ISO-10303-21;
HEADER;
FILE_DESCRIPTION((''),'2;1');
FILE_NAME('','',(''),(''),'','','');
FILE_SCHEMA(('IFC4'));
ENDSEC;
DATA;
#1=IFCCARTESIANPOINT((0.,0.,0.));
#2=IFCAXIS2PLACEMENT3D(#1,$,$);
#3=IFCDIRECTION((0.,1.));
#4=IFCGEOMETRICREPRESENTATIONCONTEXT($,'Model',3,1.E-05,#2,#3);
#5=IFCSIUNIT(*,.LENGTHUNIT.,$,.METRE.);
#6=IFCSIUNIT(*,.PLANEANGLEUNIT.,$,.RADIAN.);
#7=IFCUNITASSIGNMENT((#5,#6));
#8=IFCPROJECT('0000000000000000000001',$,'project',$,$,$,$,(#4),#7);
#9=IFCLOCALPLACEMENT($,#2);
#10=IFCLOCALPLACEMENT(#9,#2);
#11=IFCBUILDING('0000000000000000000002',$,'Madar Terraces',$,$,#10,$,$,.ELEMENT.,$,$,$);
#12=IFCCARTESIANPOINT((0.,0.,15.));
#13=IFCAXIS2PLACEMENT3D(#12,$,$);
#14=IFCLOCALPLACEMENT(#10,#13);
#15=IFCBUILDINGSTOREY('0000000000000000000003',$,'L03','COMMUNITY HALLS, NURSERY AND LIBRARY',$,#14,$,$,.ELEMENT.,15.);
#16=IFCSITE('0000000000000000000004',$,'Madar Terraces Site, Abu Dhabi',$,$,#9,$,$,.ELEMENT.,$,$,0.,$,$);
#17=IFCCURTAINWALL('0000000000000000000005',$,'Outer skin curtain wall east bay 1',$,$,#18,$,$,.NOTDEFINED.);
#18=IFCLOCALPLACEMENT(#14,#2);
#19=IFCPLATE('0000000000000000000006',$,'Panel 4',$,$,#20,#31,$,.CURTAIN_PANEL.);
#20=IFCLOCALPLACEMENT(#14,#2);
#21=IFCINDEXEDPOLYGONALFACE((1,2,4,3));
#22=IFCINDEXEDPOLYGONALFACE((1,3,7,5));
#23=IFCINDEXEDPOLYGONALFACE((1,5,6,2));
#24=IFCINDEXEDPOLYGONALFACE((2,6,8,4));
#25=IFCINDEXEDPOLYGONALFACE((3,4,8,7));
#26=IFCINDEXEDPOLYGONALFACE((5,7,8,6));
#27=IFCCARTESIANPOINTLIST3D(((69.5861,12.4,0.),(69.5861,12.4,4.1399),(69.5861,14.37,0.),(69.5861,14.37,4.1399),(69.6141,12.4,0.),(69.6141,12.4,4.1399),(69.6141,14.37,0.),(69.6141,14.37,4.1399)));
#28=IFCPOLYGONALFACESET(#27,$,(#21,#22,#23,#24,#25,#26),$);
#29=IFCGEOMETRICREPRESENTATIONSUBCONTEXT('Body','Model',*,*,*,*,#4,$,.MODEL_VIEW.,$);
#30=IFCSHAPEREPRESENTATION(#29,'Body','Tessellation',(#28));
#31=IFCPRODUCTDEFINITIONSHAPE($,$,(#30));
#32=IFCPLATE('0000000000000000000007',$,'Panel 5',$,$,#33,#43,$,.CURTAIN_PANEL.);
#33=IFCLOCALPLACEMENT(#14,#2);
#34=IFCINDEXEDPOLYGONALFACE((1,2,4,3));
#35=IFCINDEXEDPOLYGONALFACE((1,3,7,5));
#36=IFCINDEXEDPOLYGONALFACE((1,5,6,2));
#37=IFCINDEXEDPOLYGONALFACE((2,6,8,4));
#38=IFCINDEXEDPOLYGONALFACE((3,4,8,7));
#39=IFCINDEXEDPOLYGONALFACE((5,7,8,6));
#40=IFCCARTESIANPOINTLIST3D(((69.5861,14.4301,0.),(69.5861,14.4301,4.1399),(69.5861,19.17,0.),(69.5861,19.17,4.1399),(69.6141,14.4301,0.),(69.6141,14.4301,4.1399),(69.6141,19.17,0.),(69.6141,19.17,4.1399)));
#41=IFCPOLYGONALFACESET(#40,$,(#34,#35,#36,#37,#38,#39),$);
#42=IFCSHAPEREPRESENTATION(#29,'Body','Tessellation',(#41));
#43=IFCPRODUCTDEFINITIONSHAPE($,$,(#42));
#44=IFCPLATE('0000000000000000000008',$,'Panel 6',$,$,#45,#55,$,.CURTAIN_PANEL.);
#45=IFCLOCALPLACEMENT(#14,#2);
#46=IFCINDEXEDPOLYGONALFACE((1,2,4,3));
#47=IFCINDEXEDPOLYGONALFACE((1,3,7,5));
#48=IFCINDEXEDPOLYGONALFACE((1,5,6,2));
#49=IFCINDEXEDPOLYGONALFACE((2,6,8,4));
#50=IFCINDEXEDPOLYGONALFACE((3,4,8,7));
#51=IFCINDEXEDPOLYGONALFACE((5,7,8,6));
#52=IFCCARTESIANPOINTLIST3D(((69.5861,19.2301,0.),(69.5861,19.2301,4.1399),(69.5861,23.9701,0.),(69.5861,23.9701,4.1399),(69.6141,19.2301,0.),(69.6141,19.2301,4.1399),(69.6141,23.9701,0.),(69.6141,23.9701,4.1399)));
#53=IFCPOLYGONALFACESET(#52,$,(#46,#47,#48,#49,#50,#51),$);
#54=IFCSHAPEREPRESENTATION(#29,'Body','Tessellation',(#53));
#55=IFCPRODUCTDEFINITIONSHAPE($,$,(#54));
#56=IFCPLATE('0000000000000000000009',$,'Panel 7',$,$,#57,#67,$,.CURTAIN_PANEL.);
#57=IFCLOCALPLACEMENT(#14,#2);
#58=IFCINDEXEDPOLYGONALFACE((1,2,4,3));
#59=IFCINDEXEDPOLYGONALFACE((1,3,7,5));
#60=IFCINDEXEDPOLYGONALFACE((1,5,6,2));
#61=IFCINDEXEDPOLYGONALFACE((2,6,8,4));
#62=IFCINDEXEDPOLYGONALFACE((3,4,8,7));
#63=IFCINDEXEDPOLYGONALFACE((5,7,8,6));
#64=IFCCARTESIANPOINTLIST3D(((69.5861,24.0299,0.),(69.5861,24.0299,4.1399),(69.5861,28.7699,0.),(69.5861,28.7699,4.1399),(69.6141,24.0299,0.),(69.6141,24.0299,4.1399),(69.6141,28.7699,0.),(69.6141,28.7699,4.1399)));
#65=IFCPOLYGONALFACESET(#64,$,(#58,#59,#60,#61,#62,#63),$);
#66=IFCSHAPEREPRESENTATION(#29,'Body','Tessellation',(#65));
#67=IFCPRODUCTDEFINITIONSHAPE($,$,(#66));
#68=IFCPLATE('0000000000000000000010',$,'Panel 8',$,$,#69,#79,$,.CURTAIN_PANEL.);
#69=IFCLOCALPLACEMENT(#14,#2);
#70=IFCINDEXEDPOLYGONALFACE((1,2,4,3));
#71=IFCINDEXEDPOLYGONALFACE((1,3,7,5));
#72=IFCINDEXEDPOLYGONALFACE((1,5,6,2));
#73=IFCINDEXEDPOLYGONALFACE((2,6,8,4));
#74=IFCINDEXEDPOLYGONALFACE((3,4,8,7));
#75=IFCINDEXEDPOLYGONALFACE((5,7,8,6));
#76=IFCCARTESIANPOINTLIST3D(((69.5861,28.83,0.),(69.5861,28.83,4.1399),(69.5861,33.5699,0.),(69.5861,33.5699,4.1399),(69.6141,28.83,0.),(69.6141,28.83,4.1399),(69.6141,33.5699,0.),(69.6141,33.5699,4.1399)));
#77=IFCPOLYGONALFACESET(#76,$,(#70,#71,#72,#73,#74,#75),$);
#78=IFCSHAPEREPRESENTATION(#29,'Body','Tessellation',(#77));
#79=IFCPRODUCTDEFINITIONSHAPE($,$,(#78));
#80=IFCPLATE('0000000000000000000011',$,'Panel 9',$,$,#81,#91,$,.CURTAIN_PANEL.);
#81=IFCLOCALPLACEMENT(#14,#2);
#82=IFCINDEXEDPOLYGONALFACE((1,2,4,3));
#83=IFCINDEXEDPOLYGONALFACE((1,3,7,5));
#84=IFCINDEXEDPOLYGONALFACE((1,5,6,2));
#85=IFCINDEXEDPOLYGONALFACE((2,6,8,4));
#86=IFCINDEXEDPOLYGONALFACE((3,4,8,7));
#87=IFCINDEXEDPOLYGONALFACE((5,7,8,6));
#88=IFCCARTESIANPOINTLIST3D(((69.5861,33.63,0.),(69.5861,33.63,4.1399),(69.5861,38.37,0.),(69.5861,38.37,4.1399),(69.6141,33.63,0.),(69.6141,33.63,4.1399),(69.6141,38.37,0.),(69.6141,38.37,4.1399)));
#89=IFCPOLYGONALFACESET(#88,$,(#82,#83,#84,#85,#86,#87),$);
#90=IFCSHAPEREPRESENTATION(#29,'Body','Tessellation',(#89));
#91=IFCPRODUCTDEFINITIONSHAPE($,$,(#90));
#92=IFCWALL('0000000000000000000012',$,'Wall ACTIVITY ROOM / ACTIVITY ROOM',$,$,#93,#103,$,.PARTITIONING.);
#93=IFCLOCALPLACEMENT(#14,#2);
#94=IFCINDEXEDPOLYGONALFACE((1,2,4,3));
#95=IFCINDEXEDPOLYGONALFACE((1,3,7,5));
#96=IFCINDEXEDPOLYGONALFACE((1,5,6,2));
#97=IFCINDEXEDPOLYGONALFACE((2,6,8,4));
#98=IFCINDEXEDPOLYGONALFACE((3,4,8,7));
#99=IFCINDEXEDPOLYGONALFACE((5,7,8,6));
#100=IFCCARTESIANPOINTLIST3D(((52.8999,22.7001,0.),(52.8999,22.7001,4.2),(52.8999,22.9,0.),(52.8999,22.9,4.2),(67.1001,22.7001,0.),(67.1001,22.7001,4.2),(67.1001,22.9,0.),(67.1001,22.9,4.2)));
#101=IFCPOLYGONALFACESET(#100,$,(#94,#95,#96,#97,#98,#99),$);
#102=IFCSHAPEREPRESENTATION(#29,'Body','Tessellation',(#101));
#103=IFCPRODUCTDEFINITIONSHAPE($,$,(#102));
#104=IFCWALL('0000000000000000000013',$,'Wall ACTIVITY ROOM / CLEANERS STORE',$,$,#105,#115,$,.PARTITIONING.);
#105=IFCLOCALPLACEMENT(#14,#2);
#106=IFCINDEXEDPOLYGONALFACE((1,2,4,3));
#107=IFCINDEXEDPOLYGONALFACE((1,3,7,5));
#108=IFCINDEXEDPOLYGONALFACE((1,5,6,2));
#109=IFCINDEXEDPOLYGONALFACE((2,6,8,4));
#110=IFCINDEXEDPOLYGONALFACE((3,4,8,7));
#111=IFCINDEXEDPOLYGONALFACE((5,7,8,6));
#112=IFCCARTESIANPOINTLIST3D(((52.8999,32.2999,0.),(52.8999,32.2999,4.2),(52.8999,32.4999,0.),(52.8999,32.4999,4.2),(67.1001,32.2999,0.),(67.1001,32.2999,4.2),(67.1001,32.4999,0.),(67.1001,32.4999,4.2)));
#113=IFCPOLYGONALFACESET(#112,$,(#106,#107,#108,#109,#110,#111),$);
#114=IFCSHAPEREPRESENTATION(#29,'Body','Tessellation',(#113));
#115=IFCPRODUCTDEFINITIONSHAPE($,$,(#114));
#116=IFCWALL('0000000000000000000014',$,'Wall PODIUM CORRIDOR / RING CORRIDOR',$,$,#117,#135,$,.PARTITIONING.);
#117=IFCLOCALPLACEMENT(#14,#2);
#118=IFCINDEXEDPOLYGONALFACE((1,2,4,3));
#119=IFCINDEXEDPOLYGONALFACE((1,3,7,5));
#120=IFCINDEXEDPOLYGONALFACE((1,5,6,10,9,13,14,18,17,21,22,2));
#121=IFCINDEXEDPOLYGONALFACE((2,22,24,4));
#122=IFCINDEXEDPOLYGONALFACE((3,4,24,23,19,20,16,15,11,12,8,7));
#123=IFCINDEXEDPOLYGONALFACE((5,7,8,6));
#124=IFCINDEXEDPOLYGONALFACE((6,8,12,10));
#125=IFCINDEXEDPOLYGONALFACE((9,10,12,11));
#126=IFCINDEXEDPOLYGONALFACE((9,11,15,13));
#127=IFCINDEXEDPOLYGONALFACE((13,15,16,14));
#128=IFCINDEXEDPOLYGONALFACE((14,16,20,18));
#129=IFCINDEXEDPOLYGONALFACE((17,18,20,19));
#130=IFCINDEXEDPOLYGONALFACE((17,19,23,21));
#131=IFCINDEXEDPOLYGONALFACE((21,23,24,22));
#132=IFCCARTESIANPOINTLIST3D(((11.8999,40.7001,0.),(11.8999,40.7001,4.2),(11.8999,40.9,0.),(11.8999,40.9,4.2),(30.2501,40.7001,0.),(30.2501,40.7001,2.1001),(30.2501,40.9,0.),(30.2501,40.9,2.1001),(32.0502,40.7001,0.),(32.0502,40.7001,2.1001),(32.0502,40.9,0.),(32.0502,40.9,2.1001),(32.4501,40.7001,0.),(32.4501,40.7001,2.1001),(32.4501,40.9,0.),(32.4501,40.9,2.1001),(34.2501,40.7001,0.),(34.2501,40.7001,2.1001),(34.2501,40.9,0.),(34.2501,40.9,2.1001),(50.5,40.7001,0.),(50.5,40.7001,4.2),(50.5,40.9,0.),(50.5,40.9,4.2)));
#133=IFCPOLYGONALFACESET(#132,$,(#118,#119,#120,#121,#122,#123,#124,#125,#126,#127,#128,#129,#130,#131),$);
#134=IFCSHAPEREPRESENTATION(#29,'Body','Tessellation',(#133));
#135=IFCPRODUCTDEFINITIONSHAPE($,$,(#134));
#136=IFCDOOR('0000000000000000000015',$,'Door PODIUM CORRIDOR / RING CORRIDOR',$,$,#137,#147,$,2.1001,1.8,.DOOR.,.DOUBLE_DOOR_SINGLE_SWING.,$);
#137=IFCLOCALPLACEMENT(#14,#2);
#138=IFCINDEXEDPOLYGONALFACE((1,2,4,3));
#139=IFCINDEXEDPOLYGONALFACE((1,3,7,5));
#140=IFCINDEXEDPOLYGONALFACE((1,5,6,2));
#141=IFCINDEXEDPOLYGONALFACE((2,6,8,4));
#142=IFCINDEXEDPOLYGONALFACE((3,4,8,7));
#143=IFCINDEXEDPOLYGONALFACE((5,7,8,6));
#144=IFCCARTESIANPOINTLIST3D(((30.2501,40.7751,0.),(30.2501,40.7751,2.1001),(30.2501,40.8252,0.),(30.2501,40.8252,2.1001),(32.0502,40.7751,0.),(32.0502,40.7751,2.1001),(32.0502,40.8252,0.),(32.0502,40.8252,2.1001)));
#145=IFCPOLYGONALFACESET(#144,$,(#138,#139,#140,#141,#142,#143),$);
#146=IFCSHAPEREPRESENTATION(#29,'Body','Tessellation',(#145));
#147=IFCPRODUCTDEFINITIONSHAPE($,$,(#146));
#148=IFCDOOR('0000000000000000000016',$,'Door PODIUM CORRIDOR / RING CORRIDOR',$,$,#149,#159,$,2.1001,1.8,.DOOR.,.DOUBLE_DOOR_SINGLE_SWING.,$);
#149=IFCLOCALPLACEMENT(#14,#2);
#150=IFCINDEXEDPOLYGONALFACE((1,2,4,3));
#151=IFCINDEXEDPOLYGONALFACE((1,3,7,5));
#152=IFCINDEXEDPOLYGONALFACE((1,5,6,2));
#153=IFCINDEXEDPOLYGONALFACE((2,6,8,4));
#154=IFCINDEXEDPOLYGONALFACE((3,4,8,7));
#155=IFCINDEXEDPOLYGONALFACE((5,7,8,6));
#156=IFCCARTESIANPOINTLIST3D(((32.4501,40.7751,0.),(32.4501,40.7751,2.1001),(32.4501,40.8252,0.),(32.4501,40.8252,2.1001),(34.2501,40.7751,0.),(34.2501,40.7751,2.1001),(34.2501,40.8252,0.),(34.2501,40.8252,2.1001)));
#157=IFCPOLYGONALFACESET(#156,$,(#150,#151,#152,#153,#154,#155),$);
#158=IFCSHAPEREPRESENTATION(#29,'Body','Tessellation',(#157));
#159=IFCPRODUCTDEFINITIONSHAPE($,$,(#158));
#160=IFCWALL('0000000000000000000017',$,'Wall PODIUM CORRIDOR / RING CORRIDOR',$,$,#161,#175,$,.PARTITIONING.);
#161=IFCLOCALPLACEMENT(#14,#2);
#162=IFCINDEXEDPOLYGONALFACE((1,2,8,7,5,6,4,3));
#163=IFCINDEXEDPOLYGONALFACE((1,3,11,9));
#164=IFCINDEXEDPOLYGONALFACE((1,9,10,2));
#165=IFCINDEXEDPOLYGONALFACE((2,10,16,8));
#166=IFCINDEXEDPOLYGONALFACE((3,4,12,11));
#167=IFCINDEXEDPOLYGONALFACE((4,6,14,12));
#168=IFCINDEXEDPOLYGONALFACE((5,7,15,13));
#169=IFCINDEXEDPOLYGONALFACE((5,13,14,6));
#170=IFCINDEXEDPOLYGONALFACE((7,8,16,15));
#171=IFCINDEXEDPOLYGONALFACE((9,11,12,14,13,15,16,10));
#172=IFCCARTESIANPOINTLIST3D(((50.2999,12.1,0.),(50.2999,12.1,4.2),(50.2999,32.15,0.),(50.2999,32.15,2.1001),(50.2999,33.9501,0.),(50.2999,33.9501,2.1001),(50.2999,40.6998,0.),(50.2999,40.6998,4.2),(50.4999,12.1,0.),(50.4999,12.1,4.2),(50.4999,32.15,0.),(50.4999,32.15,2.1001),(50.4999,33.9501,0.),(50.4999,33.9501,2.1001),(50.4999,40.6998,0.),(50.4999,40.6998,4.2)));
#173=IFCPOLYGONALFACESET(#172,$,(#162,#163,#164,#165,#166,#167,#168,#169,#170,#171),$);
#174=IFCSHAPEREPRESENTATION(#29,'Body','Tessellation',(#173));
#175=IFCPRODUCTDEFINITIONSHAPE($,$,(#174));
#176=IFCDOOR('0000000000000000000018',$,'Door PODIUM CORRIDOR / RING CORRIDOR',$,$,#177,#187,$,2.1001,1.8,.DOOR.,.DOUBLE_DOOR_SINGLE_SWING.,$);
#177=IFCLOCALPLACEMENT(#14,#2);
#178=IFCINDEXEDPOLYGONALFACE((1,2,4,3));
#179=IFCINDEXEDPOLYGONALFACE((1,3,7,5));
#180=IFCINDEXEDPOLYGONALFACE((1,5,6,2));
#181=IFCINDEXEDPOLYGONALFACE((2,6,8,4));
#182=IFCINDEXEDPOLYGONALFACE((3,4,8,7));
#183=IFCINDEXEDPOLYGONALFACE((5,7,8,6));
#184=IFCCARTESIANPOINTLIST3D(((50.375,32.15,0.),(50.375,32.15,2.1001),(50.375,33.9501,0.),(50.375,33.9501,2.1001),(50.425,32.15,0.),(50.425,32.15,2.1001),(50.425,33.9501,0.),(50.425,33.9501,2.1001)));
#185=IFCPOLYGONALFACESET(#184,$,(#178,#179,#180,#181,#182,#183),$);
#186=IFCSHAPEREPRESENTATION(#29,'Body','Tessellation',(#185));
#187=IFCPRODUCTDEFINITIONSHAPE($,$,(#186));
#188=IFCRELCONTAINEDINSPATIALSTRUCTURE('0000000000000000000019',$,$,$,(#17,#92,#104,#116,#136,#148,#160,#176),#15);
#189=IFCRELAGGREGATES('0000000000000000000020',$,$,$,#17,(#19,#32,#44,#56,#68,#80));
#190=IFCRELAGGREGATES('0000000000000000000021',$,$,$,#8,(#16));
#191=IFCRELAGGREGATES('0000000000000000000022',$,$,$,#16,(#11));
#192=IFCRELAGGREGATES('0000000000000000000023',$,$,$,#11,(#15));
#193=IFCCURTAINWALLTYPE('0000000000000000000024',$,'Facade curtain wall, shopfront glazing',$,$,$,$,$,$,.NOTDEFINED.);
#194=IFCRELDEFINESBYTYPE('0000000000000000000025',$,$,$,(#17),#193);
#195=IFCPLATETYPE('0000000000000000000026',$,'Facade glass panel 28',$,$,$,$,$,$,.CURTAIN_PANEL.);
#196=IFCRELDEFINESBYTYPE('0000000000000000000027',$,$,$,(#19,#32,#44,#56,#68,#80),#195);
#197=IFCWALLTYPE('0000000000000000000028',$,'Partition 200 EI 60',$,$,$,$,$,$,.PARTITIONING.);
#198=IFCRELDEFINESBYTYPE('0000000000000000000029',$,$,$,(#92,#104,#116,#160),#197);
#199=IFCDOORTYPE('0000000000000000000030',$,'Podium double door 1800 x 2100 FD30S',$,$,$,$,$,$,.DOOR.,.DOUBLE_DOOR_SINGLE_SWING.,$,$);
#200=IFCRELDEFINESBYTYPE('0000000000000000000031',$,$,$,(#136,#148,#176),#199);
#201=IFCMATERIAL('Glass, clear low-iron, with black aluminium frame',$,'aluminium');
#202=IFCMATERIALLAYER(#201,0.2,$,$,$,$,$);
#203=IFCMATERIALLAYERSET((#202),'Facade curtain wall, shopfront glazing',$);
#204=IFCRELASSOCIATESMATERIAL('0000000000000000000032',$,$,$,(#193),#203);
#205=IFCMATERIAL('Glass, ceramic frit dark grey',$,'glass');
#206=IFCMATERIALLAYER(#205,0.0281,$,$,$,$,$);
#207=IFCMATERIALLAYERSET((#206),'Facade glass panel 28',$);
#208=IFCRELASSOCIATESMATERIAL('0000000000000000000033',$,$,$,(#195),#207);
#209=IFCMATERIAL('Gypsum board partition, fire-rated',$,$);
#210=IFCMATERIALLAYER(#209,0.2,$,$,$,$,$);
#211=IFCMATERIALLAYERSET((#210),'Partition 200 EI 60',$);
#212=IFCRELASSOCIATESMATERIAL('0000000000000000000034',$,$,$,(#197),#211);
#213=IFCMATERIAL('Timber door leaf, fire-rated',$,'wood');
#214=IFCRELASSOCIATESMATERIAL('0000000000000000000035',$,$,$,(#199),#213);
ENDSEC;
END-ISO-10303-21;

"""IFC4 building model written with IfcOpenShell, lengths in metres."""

from ifc_helpers import new_model, si_unit, direction, frame, frame_2d, origin, origin_2d, place, context, subcontext, project, spatial, rectangle, extrude, material, layer, layer_set, type_object, element, fill, aggregate, save


model = new_model("IFC4")

# Units and contexts
model_context = context("Model", 3, precision=1e-05, world=origin(), true_north=direction((0.0, 1.0)))
body_context = subcontext(model_context, "Body", "Model", "MODEL_VIEW")
ifc_project = project(units=[si_unit("LENGTHUNIT", "METRE"), si_unit("PLANEANGLEUNIT", "RADIAN")], contexts=[model_context])

# Site, building, storey
site_placement = place(None, origin())
site = spatial("IfcSite", under=ifc_project, at=site_placement, Name="Madar Terraces Site, Abu Dhabi", CompositionType="ELEMENT", RefElevation=0.0)
building_placement = place(site_placement, origin())
building = spatial("IfcBuilding", under=site, at=building_placement, Name="Madar Terraces", CompositionType="ELEMENT")
storey_placement = place(building_placement, frame((0.0, 0.0, 15.0)))
storey = spatial("IfcBuildingStorey", under=building, at=storey_placement, Name="L03", Description="COMMUNITY HALLS, NURSERY AND LIBRARY", CompositionType="ELEMENT", Elevation=15.0)

# Curtain wall, plates
ifc_material_1 = material(Name="Glass, clear low-iron, with black aluminium frame", Category="aluminium")
ifc_layer_1 = layer(ifc_material_1, 0.2)
ifc_layer_set_1 = layer_set([ifc_layer_1], Name="Facade curtain wall, shopfront glazing")
curtain_wall_type = type_object("IfcCurtainWallType", Name="Facade curtain wall, shopfront glazing", PredefinedType="NOTDEFINED", material=ifc_layer_set_1)
curtain_wall_placement = place(storey_placement, origin())
curtain_wall = element("IfcCurtainWall", 1, at=curtain_wall_placement, inside=storey, type_object=curtain_wall_type, Name="Outer skin curtain wall east bay 1", PredefinedType="NOTDEFINED")
ifc_material_2 = material(Name="Glass, ceramic frit dark grey", Category="glass")
ifc_layer_2 = layer(ifc_material_2, 0.0281)
ifc_layer_set_2 = layer_set([ifc_layer_2], Name="Facade glass panel 28")
plate_type = type_object("IfcPlateType", Name="Facade glass panel 28", PredefinedType="CURTAIN_PANEL", material=ifc_layer_set_2)
plate_1_placement = place(storey_placement, frame((69.6001, 13.385, 0.0), z_axis=(0.0, 0.0, 1.0), x_axis=(0.0, 1.0, 0.0)))
plate_1 = element("IfcPlate", 2, at=plate_1_placement, type_object=plate_type, Name="Panel 4", PredefinedType="CURTAIN_PANEL", context=body_context, shape_type="SweptSolid", body=[
    extrude(rectangle(XDim=1.97, YDim=0.0281, at=origin_2d()), origin(), (0.0, 0.0, 1.0), 4.1399),
])
plate_2_placement = place(storey_placement, frame((69.6001, 16.8, 0.0), z_axis=(0.0, 0.0, 1.0), x_axis=(0.0, 1.0, 0.0)))
plate_2 = element("IfcPlate", 3, at=plate_2_placement, type_object=plate_type, Name="Panel 5", PredefinedType="CURTAIN_PANEL", context=body_context, shape_type="SweptSolid", body=[
    extrude(rectangle(XDim=4.74, YDim=0.0281, at=origin_2d()), origin(), (0.0, 0.0, 1.0), 4.1399),
])
plate_3_placement = place(storey_placement, frame((69.6001, 21.6001, 0.0), z_axis=(0.0, 0.0, 1.0), x_axis=(0.0, 1.0, 0.0)))
plate_3 = element("IfcPlate", 4, at=plate_3_placement, type_object=plate_type, Name="Panel 6", PredefinedType="CURTAIN_PANEL", context=body_context, shape_type="SweptSolid", body=[
    extrude(rectangle(XDim=4.74, YDim=0.0281, at=origin_2d()), origin(), (0.0, 0.0, 1.0), 4.1399),
])
plate_4_placement = place(storey_placement, frame((69.6001, 26.3999, 0.0), z_axis=(0.0, 0.0, 1.0), x_axis=(0.0, 1.0, 0.0)))
plate_4 = element("IfcPlate", 5, at=plate_4_placement, type_object=plate_type, Name="Panel 7", PredefinedType="CURTAIN_PANEL", context=body_context, shape_type="SweptSolid", body=[
    extrude(rectangle(XDim=4.74, YDim=0.0281, at=origin_2d()), origin(), (0.0, 0.0, 1.0), 4.1399),
])
plate_5_placement = place(storey_placement, frame((69.6001, 31.2, 0.0), z_axis=(0.0, 0.0, 1.0), x_axis=(0.0, 1.0, 0.0)))
plate_5 = element("IfcPlate", 6, at=plate_5_placement, type_object=plate_type, Name="Panel 8", PredefinedType="CURTAIN_PANEL", context=body_context, shape_type="SweptSolid", body=[
    extrude(rectangle(XDim=4.74, YDim=0.0281, at=origin_2d()), origin(), (0.0, 0.0, 1.0), 4.1399),
])
plate_6_placement = place(storey_placement, frame((69.6001, 36.0, 0.0), z_axis=(0.0, 0.0, 1.0), x_axis=(0.0, 1.0, 0.0)))
plate_6 = element("IfcPlate", 7, at=plate_6_placement, type_object=plate_type, Name="Panel 9", PredefinedType="CURTAIN_PANEL", context=body_context, shape_type="SweptSolid", body=[
    extrude(rectangle(XDim=4.74, YDim=0.0281, at=origin_2d()), origin(), (0.0, 0.0, 1.0), 4.1399),
])
aggregate(curtain_wall, [plate_1, plate_2, plate_3, plate_4, plate_5, plate_6])

# Walls
ifc_material_3 = material(Name="Gypsum board partition, fire-rated")
ifc_layer_3 = layer(ifc_material_3, 0.2)
ifc_layer_set_3 = layer_set([ifc_layer_3], Name="Partition 200 EI 60")
wall_type_1 = type_object("IfcWallType", Name="Partition 200 EI 60", PredefinedType="PARTITIONING", material=ifc_layer_set_3)
for number, where, z_axis, x_axis, name in (
    (8, (52.8999, 22.8, 0.0), (0.0, 0.0, 1.0), (1.0, 0.0, 0.0), "Wall ACTIVITY ROOM / ACTIVITY ROOM"),
    (9, (52.8999, 32.3999, 0.0), (0.0, 0.0, 1.0), (1.0, 0.0, 0.0), "Wall ACTIVITY ROOM / CLEANERS STORE"),
):
    element("IfcWall", number, at=place(storey_placement, frame(where, z_axis=z_axis, x_axis=x_axis)), inside=storey, type_object=wall_type_1, Name=name, PredefinedType="PARTITIONING", context=body_context, shape_type="SweptSolid", body=[
        extrude(rectangle(XDim=14.2002, YDim=0.2, at=frame_2d((7.1001, 0.0))), origin(), (0.0, 0.0, 1.0), 4.2),
    ])

# Wall, openings, doors
wall_1_placement = place(storey_placement, frame((50.5, 40.8, 0.0), z_axis=(0.0, 0.0, 1.0), x_axis=(-1.0, 0.0, 0.0)))
wall_1 = element("IfcWall", 10, at=wall_1_placement, inside=storey, type_object=wall_type_1, Name="Wall PODIUM CORRIDOR / RING CORRIDOR", PredefinedType="PARTITIONING", context=body_context, shape_type="SweptSolid", body=[
    extrude(rectangle(XDim=38.6001, YDim=0.2, at=frame_2d((19.3, 0.0))), origin(), (0.0, 0.0, 1.0), 4.2),
])
opening_1_placement = place(wall_1_placement, frame((18.45, 0.0, 0.0)))
opening_1 = element("IfcOpeningElement", 11, at=opening_1_placement, cuts=wall_1, PredefinedType="OPENING", context=body_context, shape_type="SweptSolid", body=[
    extrude(rectangle(XDim=1.8, YDim=2.1001, at=frame_2d((0.8999, 1.05))), frame((0.0, 0.1099, 0.0), z_axis=(0.0, -1.0, 0.0), x_axis=(1.0, 0.0, 0.0)), (0.0, 0.0, 1.0), 0.22),
])
opening_2_placement = place(wall_1_placement, frame((16.25, 0.0, 0.0)))
opening_2 = element("IfcOpeningElement", 12, at=opening_2_placement, cuts=wall_1, PredefinedType="OPENING", context=body_context, shape_type="SweptSolid", body=[
    extrude(rectangle(XDim=1.8, YDim=2.1001, at=frame_2d((0.8999, 1.05))), frame((0.0, 0.1099, 0.0), z_axis=(0.0, -1.0, 0.0), x_axis=(1.0, 0.0, 0.0)), (0.0, 0.0, 1.0), 0.22),
])
ifc_material_4 = material(Name="Timber door leaf, fire-rated", Category="wood")
door_type_1 = type_object("IfcDoorType", Name="Podium double door 1800 x 2100 FD30S", OperationType="DOUBLE_DOOR_SINGLE_SWING", PredefinedType="DOOR", material=ifc_material_4)
door_1_placement = place(opening_1_placement, origin())
door_1 = element("IfcDoor", 13, at=door_1_placement, inside=storey, type_object=door_type_1, Name="Door PODIUM CORRIDOR / RING CORRIDOR", OperationType="DOUBLE_DOOR_SINGLE_SWING", OverallHeight=2.1001, OverallWidth=1.8, PredefinedType="DOOR", context=body_context, shape_type="SweptSolid", body=[
    extrude(rectangle(XDim=1.8, YDim=2.1001, at=frame_2d((0.8999, 1.05))), frame((0.0, 0.0249, 0.0), z_axis=(0.0, -1.0, 0.0), x_axis=(1.0, 0.0, 0.0)), (0.0, 0.0, 1.0), 0.05),
])
fill(opening_1, door_1)
door_2_placement = place(opening_2_placement, origin())
door_2 = element("IfcDoor", 14, at=door_2_placement, inside=storey, type_object=door_type_1, Name="Door PODIUM CORRIDOR / RING CORRIDOR", OperationType="DOUBLE_DOOR_SINGLE_SWING", OverallHeight=2.1001, OverallWidth=1.8, PredefinedType="DOOR", context=body_context, shape_type="SweptSolid", body=[
    extrude(rectangle(XDim=1.8, YDim=2.1001, at=frame_2d((0.8999, 1.05))), frame((0.0, 0.0249, 0.0), z_axis=(0.0, -1.0, 0.0), x_axis=(1.0, 0.0, 0.0)), (0.0, 0.0, 1.0), 0.05),
])
fill(opening_2, door_2)

# Wall, opening, door
wall_2_placement = place(storey_placement, frame((50.3999, 12.1001, 0.0), z_axis=(0.0, 0.0, 1.0), x_axis=(0.0, 1.0, 0.0)))
wall_2 = element("IfcWall", 15, at=wall_2_placement, inside=storey, type_object=wall_type_1, Name="Wall PODIUM CORRIDOR / RING CORRIDOR", PredefinedType="PARTITIONING", context=body_context, shape_type="SweptSolid", body=[
    extrude(rectangle(XDim=28.5999, YDim=0.2, at=frame_2d((14.2998, 0.0))), origin(), (0.0, 0.0, 1.0), 4.2),
])
opening_3_placement = place(wall_2_placement, frame((20.05, 0.0, 0.0)))
opening_3 = element("IfcOpeningElement", 16, at=opening_3_placement, cuts=wall_2, PredefinedType="OPENING", context=body_context, shape_type="SweptSolid", body=[
    extrude(rectangle(XDim=1.8, YDim=2.1001, at=frame_2d((0.8999, 1.05))), frame((0.0, 0.1099, 0.0), z_axis=(0.0, -1.0, 0.0), x_axis=(1.0, 0.0, 0.0)), (0.0, 0.0, 1.0), 0.22),
])
door_3_placement = place(opening_3_placement, origin())
door_3 = element("IfcDoor", 17, at=door_3_placement, inside=storey, type_object=door_type_1, Name="Door PODIUM CORRIDOR / RING CORRIDOR", OperationType="DOUBLE_DOOR_SINGLE_SWING", OverallHeight=2.1001, OverallWidth=1.8, PredefinedType="DOOR", context=body_context, shape_type="SweptSolid", body=[
    extrude(rectangle(XDim=1.8, YDim=2.1001, at=frame_2d((0.8999, 1.05))), frame((0.0, 0.0249, 0.0), z_axis=(0.0, -1.0, 0.0), x_axis=(1.0, 0.0, 0.0)), (0.0, 0.0, 1.0), 0.05),
])
fill(opening_3, door_3)

save(model, "model.ifc")
